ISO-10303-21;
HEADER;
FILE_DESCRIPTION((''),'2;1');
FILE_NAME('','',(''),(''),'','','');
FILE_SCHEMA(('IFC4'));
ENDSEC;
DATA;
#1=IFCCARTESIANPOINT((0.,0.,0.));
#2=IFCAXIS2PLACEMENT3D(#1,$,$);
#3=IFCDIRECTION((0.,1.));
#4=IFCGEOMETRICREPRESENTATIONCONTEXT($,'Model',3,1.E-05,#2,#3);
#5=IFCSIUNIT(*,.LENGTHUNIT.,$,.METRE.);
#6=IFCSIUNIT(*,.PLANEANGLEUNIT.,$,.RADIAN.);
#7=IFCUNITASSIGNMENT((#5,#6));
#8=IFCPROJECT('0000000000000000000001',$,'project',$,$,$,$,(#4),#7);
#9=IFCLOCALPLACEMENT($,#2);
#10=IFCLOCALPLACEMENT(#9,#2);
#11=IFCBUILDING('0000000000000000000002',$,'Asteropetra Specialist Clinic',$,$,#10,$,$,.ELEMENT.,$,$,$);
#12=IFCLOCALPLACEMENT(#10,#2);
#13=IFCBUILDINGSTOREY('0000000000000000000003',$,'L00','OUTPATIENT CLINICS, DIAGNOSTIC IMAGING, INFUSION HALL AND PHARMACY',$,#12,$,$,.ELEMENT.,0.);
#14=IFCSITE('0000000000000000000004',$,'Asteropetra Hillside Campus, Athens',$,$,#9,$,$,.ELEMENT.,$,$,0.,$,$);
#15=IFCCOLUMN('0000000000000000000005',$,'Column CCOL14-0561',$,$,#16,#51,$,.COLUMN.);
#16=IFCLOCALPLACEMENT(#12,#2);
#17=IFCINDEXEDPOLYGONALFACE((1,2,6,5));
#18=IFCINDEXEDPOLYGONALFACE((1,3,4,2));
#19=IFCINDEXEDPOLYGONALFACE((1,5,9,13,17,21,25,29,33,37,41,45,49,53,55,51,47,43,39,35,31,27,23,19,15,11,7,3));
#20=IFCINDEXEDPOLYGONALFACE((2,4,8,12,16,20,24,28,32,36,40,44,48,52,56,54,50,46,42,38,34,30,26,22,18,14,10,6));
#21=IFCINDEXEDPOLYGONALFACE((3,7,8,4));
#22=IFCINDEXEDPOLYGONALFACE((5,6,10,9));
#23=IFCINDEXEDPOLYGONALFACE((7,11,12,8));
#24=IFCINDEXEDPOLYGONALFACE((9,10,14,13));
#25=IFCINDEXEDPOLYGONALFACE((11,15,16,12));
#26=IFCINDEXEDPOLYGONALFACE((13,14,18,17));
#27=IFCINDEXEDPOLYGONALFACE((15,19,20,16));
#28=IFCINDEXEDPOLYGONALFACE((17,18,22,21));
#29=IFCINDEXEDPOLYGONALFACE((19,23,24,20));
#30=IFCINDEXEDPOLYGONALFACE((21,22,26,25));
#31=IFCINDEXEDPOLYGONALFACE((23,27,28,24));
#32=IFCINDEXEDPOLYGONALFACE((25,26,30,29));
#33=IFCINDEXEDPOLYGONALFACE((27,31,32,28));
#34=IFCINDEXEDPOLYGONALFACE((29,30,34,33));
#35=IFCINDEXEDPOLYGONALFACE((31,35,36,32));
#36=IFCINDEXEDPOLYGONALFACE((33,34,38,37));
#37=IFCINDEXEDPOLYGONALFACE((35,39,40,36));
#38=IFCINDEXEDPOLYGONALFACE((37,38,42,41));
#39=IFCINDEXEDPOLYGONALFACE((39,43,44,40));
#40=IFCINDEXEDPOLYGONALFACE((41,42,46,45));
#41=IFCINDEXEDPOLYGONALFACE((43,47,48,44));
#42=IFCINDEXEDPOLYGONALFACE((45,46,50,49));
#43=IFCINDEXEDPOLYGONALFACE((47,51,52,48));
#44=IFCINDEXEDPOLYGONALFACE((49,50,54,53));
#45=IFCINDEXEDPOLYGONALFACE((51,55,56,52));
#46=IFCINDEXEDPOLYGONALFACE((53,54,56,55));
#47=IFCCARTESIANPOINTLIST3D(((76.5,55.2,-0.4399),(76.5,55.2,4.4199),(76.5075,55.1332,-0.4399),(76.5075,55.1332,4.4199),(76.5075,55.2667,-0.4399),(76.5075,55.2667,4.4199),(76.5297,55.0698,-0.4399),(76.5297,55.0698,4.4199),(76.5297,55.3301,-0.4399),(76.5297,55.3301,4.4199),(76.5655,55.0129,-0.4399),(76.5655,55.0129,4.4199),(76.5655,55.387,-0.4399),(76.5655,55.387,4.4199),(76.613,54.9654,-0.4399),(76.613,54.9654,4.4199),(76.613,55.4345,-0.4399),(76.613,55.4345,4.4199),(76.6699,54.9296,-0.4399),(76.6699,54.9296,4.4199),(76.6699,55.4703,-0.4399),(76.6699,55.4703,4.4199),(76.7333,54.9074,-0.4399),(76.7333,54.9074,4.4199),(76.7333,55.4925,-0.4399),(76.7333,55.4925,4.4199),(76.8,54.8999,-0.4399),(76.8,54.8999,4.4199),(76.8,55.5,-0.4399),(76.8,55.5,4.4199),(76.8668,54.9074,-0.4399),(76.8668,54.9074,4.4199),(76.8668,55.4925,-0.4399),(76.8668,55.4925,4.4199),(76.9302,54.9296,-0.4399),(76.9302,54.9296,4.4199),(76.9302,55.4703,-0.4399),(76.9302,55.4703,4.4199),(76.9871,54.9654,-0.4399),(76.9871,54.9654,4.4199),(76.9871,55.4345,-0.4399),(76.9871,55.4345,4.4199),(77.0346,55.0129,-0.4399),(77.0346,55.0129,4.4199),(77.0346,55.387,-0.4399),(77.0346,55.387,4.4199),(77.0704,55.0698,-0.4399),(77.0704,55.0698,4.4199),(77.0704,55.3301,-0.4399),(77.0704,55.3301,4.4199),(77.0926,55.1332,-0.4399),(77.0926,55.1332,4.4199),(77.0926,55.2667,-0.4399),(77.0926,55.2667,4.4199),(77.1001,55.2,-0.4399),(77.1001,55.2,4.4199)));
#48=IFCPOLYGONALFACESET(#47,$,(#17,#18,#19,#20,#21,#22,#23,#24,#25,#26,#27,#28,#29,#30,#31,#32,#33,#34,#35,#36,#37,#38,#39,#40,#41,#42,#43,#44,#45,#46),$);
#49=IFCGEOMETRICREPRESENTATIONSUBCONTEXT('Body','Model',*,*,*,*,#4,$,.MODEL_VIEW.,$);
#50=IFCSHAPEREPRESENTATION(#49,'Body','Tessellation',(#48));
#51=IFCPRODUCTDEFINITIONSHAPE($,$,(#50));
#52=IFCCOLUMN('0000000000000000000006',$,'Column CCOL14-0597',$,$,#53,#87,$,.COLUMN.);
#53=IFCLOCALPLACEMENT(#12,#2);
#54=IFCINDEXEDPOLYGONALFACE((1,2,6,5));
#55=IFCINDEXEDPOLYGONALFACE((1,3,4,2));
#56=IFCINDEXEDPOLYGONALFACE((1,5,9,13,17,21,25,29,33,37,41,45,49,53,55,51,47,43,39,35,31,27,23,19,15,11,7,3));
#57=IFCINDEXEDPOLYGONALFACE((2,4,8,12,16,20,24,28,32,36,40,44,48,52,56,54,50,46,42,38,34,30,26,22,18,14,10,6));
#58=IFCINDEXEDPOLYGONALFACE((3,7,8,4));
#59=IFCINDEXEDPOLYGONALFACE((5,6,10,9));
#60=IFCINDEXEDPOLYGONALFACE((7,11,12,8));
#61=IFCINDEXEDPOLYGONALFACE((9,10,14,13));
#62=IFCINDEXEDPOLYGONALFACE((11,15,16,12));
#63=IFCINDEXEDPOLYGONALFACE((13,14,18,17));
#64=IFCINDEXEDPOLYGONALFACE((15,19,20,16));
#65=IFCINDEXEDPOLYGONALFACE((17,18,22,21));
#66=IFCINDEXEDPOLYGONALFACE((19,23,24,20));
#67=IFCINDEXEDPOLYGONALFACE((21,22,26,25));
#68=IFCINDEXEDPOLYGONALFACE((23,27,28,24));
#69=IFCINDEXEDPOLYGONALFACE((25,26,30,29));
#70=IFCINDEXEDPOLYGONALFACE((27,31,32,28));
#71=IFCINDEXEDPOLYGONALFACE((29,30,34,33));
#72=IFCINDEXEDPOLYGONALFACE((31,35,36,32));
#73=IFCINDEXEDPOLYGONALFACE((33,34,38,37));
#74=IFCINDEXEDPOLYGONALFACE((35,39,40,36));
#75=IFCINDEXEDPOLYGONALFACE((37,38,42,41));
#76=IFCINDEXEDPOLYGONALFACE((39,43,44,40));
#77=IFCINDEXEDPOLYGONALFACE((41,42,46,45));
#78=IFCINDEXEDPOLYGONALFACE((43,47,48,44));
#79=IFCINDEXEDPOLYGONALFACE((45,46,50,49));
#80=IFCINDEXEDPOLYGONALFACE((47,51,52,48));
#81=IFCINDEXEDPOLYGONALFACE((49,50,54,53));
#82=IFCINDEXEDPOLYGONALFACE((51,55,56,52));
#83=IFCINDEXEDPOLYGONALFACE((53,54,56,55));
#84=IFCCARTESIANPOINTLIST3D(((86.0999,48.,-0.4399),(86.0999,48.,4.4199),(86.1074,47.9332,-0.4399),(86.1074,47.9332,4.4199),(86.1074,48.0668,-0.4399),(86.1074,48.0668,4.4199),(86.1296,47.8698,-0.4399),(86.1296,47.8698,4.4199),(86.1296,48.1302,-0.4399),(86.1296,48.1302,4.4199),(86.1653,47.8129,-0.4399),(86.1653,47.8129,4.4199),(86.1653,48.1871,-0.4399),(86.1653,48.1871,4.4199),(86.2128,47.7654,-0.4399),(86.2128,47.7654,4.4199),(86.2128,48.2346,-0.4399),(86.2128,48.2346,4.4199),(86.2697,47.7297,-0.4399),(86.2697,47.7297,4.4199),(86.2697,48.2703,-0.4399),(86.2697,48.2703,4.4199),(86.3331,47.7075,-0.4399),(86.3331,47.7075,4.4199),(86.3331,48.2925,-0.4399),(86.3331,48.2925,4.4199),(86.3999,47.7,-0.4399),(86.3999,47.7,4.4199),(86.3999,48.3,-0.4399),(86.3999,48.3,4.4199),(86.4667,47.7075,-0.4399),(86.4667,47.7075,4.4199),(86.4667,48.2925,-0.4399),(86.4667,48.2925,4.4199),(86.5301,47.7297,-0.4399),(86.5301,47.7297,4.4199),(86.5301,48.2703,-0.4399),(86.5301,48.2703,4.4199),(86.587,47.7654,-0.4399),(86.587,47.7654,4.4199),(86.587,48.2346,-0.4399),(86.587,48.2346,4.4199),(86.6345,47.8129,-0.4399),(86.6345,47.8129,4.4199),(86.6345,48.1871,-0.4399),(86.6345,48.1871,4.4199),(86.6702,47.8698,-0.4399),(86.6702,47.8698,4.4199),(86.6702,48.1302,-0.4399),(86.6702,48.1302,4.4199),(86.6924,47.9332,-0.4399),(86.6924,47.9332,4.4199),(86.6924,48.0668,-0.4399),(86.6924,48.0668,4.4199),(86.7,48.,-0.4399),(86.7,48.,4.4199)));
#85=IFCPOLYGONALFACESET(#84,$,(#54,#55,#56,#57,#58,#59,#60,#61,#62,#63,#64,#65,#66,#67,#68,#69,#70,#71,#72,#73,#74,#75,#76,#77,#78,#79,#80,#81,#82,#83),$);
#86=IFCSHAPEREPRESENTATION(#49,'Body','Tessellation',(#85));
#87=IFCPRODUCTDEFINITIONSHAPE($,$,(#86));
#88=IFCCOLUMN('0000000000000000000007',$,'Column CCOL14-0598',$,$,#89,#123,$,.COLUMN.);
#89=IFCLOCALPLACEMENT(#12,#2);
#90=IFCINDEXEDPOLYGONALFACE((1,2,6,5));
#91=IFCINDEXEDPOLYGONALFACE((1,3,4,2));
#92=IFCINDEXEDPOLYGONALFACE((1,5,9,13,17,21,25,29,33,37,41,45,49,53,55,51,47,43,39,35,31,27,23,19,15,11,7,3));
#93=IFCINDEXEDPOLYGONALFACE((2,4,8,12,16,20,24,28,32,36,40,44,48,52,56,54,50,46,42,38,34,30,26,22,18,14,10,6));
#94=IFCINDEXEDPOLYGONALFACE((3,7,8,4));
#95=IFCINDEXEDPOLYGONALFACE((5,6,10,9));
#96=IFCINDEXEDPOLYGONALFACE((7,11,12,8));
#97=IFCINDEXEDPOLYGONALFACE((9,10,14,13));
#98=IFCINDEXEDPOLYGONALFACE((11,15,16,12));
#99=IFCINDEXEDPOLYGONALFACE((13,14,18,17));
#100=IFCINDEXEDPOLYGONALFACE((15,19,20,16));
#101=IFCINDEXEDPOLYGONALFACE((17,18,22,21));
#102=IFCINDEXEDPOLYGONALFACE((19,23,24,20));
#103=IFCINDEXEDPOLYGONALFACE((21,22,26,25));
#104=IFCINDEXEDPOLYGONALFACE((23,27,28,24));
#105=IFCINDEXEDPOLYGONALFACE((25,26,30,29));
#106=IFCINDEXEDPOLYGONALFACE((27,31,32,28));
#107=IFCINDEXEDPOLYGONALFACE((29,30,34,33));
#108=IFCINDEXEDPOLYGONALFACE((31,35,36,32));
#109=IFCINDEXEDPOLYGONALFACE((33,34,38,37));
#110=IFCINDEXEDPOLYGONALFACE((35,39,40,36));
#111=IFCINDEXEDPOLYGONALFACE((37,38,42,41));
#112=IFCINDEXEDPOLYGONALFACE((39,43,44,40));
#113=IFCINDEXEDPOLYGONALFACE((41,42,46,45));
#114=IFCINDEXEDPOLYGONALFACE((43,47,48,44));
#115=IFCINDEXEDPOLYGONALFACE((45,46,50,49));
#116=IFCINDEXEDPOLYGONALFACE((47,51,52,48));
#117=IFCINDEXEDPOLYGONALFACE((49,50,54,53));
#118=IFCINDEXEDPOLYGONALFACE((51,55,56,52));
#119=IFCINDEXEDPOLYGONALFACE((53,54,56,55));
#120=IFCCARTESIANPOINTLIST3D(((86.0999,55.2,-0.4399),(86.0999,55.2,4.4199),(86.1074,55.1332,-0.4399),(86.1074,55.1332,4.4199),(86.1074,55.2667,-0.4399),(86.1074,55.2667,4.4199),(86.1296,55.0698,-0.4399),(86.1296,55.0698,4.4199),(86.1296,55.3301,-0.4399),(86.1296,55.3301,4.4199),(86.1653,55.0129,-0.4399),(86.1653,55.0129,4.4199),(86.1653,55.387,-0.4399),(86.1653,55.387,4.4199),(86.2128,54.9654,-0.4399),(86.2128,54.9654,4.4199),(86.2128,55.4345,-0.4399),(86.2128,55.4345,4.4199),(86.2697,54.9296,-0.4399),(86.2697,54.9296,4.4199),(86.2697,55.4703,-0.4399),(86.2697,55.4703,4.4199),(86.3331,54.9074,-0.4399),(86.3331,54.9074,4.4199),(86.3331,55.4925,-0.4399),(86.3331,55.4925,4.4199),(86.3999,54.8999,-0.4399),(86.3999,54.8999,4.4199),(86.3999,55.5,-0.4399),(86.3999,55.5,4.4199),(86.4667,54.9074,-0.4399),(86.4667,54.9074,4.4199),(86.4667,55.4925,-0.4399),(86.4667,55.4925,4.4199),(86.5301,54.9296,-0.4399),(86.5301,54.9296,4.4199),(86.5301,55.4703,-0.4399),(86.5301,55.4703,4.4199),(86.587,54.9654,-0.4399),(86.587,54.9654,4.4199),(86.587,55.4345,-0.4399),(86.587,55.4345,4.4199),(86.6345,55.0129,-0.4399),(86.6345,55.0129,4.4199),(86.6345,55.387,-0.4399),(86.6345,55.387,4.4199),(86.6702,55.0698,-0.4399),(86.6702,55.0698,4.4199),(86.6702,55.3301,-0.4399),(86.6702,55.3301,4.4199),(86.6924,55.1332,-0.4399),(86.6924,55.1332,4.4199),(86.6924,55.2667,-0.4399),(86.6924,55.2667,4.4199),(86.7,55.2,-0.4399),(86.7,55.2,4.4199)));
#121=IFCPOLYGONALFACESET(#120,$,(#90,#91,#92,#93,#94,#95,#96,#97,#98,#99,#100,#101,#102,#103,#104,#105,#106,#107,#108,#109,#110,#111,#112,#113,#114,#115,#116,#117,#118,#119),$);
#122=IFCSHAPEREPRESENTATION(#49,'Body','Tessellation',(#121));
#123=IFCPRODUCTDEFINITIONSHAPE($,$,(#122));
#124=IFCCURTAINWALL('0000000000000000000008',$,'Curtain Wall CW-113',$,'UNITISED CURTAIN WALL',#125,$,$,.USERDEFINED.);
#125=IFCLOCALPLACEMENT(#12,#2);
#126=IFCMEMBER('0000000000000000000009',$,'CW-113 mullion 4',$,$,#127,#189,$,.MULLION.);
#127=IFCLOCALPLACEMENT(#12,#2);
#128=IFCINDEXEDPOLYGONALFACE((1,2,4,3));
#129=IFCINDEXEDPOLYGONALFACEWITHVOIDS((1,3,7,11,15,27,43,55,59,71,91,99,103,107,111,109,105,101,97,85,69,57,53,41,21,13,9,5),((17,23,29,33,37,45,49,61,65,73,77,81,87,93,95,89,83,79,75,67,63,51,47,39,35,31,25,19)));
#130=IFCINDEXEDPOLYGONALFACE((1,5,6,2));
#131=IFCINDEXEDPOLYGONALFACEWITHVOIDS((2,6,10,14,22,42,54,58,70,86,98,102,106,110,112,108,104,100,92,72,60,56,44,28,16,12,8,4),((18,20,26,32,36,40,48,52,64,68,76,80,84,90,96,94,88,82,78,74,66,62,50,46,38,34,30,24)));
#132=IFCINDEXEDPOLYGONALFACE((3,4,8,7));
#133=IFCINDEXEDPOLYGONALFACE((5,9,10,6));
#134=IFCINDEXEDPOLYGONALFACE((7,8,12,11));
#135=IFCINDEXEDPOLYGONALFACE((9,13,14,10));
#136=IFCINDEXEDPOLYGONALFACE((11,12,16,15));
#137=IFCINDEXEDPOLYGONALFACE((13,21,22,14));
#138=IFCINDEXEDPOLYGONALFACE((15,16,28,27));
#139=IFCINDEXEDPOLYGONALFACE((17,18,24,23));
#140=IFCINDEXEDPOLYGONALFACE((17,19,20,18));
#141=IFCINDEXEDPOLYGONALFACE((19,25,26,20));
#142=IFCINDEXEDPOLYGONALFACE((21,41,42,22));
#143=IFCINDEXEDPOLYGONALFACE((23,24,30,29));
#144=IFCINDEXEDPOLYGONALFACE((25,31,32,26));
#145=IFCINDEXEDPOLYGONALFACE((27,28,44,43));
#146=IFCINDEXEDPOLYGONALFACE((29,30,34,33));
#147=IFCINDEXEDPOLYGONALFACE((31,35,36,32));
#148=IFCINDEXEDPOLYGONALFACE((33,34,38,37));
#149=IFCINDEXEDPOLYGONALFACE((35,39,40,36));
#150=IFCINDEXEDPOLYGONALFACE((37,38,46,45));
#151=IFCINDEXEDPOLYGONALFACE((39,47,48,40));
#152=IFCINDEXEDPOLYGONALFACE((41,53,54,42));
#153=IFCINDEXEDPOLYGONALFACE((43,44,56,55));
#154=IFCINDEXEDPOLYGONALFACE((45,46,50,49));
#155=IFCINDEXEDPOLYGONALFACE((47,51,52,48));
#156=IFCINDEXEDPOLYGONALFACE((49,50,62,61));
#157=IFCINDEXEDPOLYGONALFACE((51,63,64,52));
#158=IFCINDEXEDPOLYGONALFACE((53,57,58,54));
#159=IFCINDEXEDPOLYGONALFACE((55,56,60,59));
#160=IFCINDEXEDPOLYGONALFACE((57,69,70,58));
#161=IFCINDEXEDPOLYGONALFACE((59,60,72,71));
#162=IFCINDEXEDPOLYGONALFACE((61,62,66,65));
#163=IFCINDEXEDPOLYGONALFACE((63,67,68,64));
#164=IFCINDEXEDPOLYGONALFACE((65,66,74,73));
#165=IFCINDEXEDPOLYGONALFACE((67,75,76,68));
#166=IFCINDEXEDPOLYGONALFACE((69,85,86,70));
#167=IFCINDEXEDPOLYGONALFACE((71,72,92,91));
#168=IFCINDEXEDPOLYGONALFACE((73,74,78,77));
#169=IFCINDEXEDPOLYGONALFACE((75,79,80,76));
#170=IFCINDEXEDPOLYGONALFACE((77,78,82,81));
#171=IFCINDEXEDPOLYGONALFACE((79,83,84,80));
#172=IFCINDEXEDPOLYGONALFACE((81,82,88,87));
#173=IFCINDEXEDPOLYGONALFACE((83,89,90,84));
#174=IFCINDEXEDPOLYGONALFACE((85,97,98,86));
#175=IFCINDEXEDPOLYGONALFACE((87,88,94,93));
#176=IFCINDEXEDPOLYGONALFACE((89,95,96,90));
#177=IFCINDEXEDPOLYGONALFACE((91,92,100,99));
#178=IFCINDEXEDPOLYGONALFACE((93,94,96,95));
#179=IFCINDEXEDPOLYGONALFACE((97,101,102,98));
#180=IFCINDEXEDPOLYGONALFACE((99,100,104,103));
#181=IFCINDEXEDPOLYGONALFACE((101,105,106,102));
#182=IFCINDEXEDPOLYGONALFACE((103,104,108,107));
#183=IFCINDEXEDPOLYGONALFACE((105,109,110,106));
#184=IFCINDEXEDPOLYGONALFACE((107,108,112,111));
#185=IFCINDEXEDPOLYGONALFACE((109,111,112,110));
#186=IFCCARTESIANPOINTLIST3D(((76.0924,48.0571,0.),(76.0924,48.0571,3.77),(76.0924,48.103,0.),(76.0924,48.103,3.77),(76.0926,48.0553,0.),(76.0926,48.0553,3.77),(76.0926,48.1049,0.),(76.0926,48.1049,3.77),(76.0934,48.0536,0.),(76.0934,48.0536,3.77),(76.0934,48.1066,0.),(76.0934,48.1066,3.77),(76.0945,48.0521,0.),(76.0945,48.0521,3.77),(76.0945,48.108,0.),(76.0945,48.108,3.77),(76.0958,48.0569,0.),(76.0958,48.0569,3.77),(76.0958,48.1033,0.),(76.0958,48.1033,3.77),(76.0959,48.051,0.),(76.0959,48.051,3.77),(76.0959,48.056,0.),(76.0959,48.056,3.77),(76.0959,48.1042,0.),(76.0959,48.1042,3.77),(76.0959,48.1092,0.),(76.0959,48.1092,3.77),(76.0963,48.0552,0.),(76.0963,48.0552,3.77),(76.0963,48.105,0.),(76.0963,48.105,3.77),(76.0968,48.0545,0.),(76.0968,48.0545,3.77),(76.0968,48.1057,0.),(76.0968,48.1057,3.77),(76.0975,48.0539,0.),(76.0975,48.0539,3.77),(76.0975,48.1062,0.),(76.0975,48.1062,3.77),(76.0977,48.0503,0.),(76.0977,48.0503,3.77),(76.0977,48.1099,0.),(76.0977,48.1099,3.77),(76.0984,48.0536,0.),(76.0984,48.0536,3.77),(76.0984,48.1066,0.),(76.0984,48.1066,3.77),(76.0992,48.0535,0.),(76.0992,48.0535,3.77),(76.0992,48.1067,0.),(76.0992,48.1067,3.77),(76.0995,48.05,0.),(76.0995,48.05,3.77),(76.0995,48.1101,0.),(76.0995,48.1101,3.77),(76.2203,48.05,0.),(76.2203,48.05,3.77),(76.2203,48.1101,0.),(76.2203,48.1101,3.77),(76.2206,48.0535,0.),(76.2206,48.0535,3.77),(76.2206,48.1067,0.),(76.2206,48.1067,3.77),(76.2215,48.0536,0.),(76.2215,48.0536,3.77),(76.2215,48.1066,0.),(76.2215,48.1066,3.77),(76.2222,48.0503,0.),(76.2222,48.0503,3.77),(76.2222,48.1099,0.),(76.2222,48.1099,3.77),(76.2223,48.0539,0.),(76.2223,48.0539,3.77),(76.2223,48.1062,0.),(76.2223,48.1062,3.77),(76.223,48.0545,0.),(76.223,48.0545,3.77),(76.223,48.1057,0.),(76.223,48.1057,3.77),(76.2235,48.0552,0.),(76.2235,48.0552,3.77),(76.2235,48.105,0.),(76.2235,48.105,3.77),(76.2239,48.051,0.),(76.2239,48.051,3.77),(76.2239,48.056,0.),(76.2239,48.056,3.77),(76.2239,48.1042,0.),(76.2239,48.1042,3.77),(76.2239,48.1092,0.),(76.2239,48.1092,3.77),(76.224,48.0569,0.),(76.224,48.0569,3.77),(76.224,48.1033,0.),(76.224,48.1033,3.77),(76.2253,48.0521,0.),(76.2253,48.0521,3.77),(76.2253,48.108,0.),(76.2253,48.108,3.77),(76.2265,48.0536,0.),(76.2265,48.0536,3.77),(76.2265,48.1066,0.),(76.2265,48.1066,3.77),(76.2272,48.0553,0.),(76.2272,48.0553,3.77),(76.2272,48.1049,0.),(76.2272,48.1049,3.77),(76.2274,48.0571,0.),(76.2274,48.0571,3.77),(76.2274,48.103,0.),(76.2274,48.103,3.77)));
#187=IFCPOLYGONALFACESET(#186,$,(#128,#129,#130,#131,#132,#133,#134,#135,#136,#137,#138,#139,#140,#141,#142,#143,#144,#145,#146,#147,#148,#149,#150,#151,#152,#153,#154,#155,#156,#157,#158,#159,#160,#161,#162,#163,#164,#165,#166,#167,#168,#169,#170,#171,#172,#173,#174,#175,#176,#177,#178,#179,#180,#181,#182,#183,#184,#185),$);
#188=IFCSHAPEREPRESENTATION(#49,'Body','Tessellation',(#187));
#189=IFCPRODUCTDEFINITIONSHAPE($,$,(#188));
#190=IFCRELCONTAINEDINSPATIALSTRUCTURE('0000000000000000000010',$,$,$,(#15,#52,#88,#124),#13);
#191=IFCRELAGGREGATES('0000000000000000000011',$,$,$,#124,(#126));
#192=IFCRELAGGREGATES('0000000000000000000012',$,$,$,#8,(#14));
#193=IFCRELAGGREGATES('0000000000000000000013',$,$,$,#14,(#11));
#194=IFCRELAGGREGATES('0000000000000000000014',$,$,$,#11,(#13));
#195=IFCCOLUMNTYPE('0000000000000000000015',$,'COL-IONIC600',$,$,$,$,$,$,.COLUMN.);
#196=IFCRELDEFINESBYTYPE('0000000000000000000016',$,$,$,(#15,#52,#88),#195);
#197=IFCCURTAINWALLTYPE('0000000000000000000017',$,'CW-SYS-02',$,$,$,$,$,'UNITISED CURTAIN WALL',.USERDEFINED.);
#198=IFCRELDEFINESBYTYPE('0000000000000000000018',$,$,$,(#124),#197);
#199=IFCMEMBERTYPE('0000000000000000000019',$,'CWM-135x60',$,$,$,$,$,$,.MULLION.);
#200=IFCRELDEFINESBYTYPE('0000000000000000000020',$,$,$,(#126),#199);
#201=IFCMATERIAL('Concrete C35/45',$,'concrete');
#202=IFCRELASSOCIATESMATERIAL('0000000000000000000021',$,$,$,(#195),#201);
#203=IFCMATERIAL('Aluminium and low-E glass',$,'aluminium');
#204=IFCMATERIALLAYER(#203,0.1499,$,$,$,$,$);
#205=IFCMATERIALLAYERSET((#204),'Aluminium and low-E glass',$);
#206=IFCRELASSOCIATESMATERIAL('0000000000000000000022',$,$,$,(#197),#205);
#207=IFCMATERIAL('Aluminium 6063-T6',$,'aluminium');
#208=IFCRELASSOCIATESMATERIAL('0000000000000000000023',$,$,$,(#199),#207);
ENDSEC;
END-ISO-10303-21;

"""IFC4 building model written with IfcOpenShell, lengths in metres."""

from ifc_helpers import new_model, si_unit, direction, frame, origin, origin_2d, place, context, subcontext, project, spatial, hollow_rectangle, circle, extrude, material, layer, layer_set, material_profile, profile_set, type_object, element, aggregate, save


model = new_model("IFC4")

# Units and contexts
model_context = context("Model", 3, precision=1e-05, world=origin(), true_north=direction((0.0, 1.0)))
body_context = subcontext(model_context, "Body", "Model", "MODEL_VIEW")
ifc_project = project(units=[si_unit("LENGTHUNIT", "METRE"), si_unit("PLANEANGLEUNIT", "RADIAN")], contexts=[model_context])

# Site, building, storey
site_placement = place(None, origin())
site = spatial("IfcSite", under=ifc_project, at=site_placement, Name="Asteropetra Hillside Campus, Athens", CompositionType="ELEMENT", RefElevation=0.0)
building_placement = place(site_placement, origin())
building = spatial("IfcBuilding", under=site, at=building_placement, Name="Asteropetra Specialist Clinic", CompositionType="ELEMENT")
storey_placement = place(building_placement, origin())
storey = spatial("IfcBuildingStorey", under=building, at=storey_placement, Name="L00", Description="OUTPATIENT CLINICS, DIAGNOSTIC IMAGING, INFUSION HALL AND PHARMACY", CompositionType="ELEMENT", Elevation=0.0)

# Columns
ifc_material_1 = material(Name="Concrete C35/45", Category="concrete")
ifc_material_profile_1 = material_profile(ifc_material_1, circle(Radius=0.3, at=origin_2d()), Name="RCC D600")
ifc_profile_set_1 = profile_set([ifc_material_profile_1], Name="Concrete C35/45")
column_type = type_object("IfcColumnType", Name="COL-IONIC600", PredefinedType="COLUMN", material=ifc_profile_set_1)
for number, where, z_axis, x_axis, name in (
    (1, (76.8, 55.2, -0.4399), (0.0, 0.0, 1.0), (1.0, 0.0, 0.0), "Column CCOL14-0561"),
    (2, (86.3999, 48.0, -0.4399), (0.0, 0.0, 1.0), (1.0, 0.0, 0.0), "Column CCOL14-0597"),
    (3, (86.3999, 55.2, -0.4399), (0.0, 0.0, 1.0), (1.0, 0.0, 0.0), "Column CCOL14-0598"),
):
    element("IfcColumn", number, at=place(storey_placement, frame(where, z_axis=z_axis, x_axis=x_axis)), inside=storey, type_object=column_type, Name=name, PredefinedType="COLUMN", context=body_context, shape_type="SweptSolid", body=[
        extrude(circle(Radius=0.3, at=origin_2d()), origin(), (0.0, 0.0, 1.0), 4.8599),
    ])

# Curtain wall, member
ifc_material_2 = material(Name="Aluminium and low-E glass", Category="aluminium")
ifc_layer_1 = layer(ifc_material_2, 0.1499)
ifc_layer_set_1 = layer_set([ifc_layer_1], Name="Aluminium and low-E glass")
curtain_wall_type_1 = type_object("IfcCurtainWallType", Name="CW-SYS-02", ElementType="UNITISED CURTAIN WALL", PredefinedType="USERDEFINED", material=ifc_layer_set_1)
curtain_wall_1_placement = place(storey_placement, origin())
curtain_wall_1 = element("IfcCurtainWall", 4, at=curtain_wall_1_placement, inside=storey, type_object=curtain_wall_type_1, Name="Curtain Wall CW-113", ObjectType="UNITISED CURTAIN WALL", PredefinedType="USERDEFINED")
ifc_material_3 = material(Name="Aluminium 6063-T6", Category="aluminium")
ifc_material_profile_2 = material_profile(ifc_material_3, hollow_rectangle(XDim=0.0601, YDim=0.135, WallThickness=0.0034, InnerFilletRadius=0.0034, OuterFilletRadius=0.0071, at=origin_2d()), Name="MUL 135x60x3.5")
ifc_profile_set_2 = profile_set([ifc_material_profile_2], Name="Aluminium 6063-T6")
member_type_1 = type_object("IfcMemberType", Name="CWM-135x60", PredefinedType="MULLION", material=ifc_profile_set_2)
member_1_placement = place(storey_placement, frame((76.1599, 48.0801, 0.0), z_axis=(0.0, 0.0, 1.0), x_axis=(0.0, 1.0, 0.0)))
member_1 = element("IfcMember", 5, at=member_1_placement, type_object=member_type_1, Name="CW-113 mullion 4", PredefinedType="MULLION", context=body_context, shape_type="SweptSolid", body=[
    extrude(hollow_rectangle(XDim=0.0601, YDim=0.135, WallThickness=0.0034, InnerFilletRadius=0.0034, OuterFilletRadius=0.0071, at=origin_2d()), origin(), (0.0, 0.0, 1.0), 3.77),
])
aggregate(curtain_wall_1, [member_1])

save(model, "model.ifc")
